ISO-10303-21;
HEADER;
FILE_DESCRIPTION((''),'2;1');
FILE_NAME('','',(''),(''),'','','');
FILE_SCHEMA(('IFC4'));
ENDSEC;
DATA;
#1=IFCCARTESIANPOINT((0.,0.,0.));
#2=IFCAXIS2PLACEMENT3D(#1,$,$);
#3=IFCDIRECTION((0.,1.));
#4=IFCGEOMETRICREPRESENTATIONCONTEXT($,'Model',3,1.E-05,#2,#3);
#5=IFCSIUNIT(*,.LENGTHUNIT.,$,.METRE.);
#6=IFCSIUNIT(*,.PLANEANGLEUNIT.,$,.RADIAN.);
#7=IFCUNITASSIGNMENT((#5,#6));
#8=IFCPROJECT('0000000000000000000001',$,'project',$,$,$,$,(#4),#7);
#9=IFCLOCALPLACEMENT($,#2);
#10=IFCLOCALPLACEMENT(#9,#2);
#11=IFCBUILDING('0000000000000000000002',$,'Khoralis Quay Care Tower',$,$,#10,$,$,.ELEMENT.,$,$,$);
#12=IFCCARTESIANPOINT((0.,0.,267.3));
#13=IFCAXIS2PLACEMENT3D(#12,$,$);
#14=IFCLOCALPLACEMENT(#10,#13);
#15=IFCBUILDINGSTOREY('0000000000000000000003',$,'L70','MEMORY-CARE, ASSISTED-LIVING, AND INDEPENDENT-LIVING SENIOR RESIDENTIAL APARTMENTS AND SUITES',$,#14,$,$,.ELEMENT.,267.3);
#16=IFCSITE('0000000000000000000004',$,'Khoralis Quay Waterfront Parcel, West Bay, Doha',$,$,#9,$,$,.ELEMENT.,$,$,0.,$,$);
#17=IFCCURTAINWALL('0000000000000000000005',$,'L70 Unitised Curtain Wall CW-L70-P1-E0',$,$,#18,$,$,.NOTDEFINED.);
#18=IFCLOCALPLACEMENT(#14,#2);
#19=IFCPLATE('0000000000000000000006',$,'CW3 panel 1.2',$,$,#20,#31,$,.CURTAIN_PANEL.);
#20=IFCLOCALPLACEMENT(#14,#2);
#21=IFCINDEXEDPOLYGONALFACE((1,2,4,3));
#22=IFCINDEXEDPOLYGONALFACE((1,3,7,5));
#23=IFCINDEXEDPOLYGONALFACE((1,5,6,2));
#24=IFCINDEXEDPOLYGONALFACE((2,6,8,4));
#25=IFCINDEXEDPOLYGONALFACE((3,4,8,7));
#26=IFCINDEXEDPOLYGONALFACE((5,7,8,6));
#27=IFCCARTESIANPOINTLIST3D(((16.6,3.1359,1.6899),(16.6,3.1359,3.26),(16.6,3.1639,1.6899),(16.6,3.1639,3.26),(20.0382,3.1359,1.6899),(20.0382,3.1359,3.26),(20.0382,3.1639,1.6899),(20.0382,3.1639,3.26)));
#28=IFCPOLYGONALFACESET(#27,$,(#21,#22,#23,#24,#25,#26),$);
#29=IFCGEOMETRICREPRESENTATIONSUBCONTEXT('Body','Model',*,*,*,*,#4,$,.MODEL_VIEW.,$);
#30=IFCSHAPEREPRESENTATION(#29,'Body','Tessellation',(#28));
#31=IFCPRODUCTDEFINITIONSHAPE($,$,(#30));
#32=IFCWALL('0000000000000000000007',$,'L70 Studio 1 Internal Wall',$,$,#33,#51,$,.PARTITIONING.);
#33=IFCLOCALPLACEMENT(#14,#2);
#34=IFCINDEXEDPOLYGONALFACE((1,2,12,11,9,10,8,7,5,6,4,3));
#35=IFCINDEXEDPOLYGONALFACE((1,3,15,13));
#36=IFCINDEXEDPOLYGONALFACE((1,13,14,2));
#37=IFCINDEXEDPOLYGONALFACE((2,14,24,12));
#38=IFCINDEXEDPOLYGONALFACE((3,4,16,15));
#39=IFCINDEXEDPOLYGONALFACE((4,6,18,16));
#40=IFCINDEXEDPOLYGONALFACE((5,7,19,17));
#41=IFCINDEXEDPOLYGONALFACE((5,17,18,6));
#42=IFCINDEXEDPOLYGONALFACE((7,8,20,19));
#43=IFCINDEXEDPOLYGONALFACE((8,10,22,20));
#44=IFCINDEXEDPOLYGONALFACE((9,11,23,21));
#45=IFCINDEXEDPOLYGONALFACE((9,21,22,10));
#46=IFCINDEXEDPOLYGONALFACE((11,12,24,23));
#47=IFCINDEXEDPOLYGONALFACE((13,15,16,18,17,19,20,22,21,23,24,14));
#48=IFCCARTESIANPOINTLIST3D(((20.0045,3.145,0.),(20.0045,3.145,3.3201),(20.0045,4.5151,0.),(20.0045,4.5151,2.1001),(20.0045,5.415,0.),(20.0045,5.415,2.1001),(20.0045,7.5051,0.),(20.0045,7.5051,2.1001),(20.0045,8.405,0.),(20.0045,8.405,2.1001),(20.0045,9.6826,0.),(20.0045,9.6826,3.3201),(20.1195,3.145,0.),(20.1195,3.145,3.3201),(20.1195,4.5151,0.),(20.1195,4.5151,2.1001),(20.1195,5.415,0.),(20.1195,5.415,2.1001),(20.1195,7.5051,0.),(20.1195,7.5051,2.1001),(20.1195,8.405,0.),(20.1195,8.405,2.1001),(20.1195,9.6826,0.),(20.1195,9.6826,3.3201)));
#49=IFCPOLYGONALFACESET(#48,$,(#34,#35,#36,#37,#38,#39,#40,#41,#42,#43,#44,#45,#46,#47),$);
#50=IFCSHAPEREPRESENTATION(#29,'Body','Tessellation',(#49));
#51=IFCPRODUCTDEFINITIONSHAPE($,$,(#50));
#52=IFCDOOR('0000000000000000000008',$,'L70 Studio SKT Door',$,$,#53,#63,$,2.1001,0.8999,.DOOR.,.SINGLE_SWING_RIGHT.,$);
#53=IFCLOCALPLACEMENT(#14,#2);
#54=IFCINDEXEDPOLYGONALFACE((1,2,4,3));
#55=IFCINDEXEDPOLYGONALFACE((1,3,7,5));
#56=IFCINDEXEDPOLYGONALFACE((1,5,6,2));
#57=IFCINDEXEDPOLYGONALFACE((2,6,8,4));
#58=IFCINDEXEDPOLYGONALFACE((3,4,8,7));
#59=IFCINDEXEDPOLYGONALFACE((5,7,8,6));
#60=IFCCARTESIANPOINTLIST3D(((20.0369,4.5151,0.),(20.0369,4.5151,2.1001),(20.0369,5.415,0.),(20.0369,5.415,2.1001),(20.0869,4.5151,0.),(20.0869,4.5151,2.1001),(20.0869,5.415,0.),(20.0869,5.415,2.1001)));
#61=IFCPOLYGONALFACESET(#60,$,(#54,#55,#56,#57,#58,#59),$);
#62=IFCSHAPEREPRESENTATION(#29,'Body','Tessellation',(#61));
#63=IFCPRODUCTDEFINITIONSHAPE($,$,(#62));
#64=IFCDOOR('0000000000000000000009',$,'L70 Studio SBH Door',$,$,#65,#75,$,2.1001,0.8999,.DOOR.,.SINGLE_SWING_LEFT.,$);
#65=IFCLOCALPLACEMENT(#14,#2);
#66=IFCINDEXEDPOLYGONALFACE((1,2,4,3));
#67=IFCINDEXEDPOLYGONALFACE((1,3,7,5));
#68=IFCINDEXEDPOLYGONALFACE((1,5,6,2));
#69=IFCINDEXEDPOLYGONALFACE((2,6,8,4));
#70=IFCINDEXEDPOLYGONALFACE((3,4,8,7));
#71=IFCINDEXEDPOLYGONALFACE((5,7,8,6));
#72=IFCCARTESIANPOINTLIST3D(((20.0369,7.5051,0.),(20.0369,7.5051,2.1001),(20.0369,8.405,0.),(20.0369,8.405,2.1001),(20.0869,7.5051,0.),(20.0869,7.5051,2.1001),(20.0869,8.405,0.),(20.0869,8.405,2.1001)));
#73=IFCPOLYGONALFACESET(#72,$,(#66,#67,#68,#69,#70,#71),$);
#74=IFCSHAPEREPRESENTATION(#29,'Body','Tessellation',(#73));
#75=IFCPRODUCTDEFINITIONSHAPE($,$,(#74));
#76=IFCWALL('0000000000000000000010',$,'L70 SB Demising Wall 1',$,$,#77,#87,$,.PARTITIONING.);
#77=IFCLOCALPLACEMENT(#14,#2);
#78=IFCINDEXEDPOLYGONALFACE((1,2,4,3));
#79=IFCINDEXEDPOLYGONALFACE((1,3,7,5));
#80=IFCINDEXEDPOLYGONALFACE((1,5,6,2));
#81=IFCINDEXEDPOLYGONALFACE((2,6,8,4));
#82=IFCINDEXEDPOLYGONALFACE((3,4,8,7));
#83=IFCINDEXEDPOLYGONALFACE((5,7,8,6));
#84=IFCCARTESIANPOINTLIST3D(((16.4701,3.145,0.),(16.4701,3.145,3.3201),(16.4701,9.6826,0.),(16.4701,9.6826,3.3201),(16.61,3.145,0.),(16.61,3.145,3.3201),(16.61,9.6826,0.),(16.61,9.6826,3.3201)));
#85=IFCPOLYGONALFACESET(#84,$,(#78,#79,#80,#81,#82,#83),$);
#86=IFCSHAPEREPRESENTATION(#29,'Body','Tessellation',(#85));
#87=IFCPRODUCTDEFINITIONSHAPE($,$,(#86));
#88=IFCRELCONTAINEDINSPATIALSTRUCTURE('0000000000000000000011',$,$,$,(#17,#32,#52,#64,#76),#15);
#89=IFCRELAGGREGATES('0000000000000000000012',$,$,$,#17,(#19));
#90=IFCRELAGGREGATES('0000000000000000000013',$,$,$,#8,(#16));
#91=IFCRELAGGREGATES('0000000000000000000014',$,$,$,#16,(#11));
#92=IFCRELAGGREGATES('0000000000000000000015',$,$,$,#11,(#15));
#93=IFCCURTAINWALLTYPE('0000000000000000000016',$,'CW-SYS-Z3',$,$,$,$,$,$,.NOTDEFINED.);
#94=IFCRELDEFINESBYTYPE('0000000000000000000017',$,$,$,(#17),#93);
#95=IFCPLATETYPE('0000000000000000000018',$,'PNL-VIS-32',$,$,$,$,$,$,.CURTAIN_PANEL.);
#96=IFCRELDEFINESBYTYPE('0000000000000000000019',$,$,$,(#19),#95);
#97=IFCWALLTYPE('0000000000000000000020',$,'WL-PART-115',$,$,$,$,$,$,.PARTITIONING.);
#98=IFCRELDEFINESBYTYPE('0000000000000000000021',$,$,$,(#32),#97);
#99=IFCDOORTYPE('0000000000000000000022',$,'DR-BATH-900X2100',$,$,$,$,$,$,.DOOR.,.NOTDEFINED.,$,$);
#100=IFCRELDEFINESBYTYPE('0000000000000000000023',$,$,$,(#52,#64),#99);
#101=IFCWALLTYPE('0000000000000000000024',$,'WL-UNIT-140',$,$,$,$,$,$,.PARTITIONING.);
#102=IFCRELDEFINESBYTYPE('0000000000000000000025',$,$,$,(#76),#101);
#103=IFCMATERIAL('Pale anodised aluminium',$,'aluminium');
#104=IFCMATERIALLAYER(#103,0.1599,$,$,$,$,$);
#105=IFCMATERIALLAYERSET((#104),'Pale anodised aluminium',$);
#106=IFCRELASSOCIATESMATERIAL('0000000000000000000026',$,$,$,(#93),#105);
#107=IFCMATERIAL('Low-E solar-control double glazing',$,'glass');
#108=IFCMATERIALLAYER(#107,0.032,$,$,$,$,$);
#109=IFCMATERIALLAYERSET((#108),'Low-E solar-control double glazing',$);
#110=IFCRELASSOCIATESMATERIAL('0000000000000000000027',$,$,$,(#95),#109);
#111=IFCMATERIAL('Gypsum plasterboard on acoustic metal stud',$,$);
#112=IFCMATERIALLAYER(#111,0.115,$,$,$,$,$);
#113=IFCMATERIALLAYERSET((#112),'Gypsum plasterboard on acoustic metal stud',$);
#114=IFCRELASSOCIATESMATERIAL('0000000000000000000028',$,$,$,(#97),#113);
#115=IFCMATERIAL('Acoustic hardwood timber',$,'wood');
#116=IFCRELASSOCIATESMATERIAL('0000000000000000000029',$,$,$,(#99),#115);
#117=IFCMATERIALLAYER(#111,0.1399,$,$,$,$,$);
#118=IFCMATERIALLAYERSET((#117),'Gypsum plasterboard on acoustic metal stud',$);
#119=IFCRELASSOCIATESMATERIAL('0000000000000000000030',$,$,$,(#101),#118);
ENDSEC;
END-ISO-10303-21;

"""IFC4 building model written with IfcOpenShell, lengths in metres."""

from ifc_helpers import new_model, si_unit, direction, frame, frame_2d, origin, origin_2d, place, context, subcontext, project, spatial, rectangle, extrude, source, transform, mapped, material, layer, layer_set, type_object, element, fill, aggregate, save


model = new_model("IFC4")

# Units and contexts
model_context = context("Model", 3, precision=1e-05, world=origin(), true_north=direction((0.0, 1.0)))
body_context = subcontext(model_context, "Body", "Model", "MODEL_VIEW")
ifc_project = project(units=[si_unit("LENGTHUNIT", "METRE"), si_unit("PLANEANGLEUNIT", "RADIAN")], contexts=[model_context])

# Site, building, storey
site_placement = place(None, origin())
site = spatial("IfcSite", under=ifc_project, at=site_placement, Name="Khoralis Quay Waterfront Parcel, West Bay, Doha", CompositionType="ELEMENT", RefElevation=0.0)
building_placement = place(site_placement, origin())
building = spatial("IfcBuilding", under=site, at=building_placement, Name="Khoralis Quay Care Tower", CompositionType="ELEMENT")
storey_placement = place(building_placement, frame((0.0, 0.0, 267.3)))
storey = spatial("IfcBuildingStorey", under=building, at=storey_placement, Name="L70", Description="MEMORY-CARE, ASSISTED-LIVING, AND INDEPENDENT-LIVING SENIOR RESIDENTIAL APARTMENTS AND SUITES", CompositionType="ELEMENT", Elevation=267.3)

# Curtain wall, plate
ifc_material_1 = material(Name="Pale anodised aluminium", Category="aluminium")
ifc_layer_1 = layer(ifc_material_1, 0.1599)
ifc_layer_set_1 = layer_set([ifc_layer_1], Name="Pale anodised aluminium")
curtain_wall_type = type_object("IfcCurtainWallType", Name="CW-SYS-Z3", PredefinedType="NOTDEFINED", material=ifc_layer_set_1)
curtain_wall_placement = place(storey_placement, origin())
curtain_wall = element("IfcCurtainWall", 1, at=curtain_wall_placement, inside=storey, type_object=curtain_wall_type, Name="L70 Unitised Curtain Wall CW-L70-P1-E0", PredefinedType="NOTDEFINED")
ifc_material_2 = material(Name="Low-E solar-control double glazing", Category="glass")
ifc_layer_2 = layer(ifc_material_2, 0.032)
ifc_layer_set_2 = layer_set([ifc_layer_2], Name="Low-E solar-control double glazing")
plate_type = type_object("IfcPlateType", Name="PNL-VIS-32", PredefinedType="CURTAIN_PANEL", material=ifc_layer_set_2)
shared_shape_1 = source(origin(), body_context, "Body", "SweptSolid", [
    extrude(rectangle(XDim=3.4382, YDim=0.0281, at=origin_2d()), origin(), (0.0, 0.0, 1.0), 1.5701),
])
plate_1_placement = place(storey_placement, frame((18.3191, 3.1499, 1.6899), z_axis=(0.0, 0.0, 1.0), x_axis=(1.0, 0.0, 0.0)))
plate_1 = element("IfcPlate", 2, at=plate_1_placement, type_object=plate_type, Name="CW3 panel 1.2", PredefinedType="CURTAIN_PANEL", context=body_context, shape_type="MappedRepresentation", body=[
    mapped(shared_shape_1, transform((0.0, 0.0, 0.0), scale=1.0)),
])
aggregate(curtain_wall, [plate_1])

# Wall, openings, doors
ifc_material_3 = material(Name="Gypsum plasterboard on acoustic metal stud")
ifc_layer_3 = layer(ifc_material_3, 0.115)
ifc_layer_set_3 = layer_set([ifc_layer_3], Name="Gypsum plasterboard on acoustic metal stud")
wall_type_1 = type_object("IfcWallType", Name="WL-PART-115", PredefinedType="PARTITIONING", material=ifc_layer_set_3)
wall_1_placement = place(storey_placement, frame((20.062, 3.145, 0.0), z_axis=(0.0, 0.0, 1.0), x_axis=(0.0, 1.0, 0.0)))
wall_1 = element("IfcWall", 3, at=wall_1_placement, inside=storey, type_object=wall_type_1, Name="L70 Studio 1 Internal Wall", PredefinedType="PARTITIONING", context=body_context, shape_type="SweptSolid", body=[
    extrude(rectangle(XDim=6.5376, YDim=0.115, at=frame_2d((3.2688, 0.0))), origin(), (0.0, 0.0, 1.0), 3.3201),
])
opening_1_placement = place(wall_1_placement, frame((1.3701, 0.0, 0.0)))
opening_1 = element("IfcOpeningElement", 4, at=opening_1_placement, cuts=wall_1, PredefinedType="OPENING", context=body_context, shape_type="SweptSolid", body=[
    extrude(rectangle(XDim=0.8999, YDim=2.1001, at=frame_2d((0.45, 1.05))), frame((0.0, 0.0674, 0.0), z_axis=(0.0, -1.0, 0.0), x_axis=(1.0, 0.0, 0.0)), (0.0, 0.0, 1.0), 0.135),
])
opening_2_placement = place(wall_1_placement, frame((4.3601, 0.0, 0.0)))
opening_2 = element("IfcOpeningElement", 5, at=opening_2_placement, cuts=wall_1, PredefinedType="OPENING", context=body_context, shape_type="SweptSolid", body=[
    extrude(rectangle(XDim=0.8999, YDim=2.1001, at=frame_2d((0.45, 1.05))), frame((0.0, 0.0674, 0.0), z_axis=(0.0, -1.0, 0.0), x_axis=(1.0, 0.0, 0.0)), (0.0, 0.0, 1.0), 0.135),
])
ifc_material_4 = material(Name="Acoustic hardwood timber", Category="wood")
door_type = type_object("IfcDoorType", Name="DR-BATH-900X2100", OperationType="NOTDEFINED", PredefinedType="DOOR", material=ifc_material_4)
shared_shape_2 = source(origin(), body_context, "Body", "SweptSolid", [
    extrude(rectangle(XDim=0.8999, YDim=2.1001, at=frame_2d((0.45, 1.05))), frame((0.0, 0.0249, 0.0), z_axis=(0.0, -1.0, 0.0), x_axis=(1.0, 0.0, 0.0)), (0.0, 0.0, 1.0), 0.05),
])
door_1_placement = place(opening_1_placement, frame((0.8999, 0.0, 0.0), z_axis=(0.0, 0.0, 1.0), x_axis=(-1.0, 0.0, 0.0)))
door_1 = element("IfcDoor", 6, at=door_1_placement, inside=storey, type_object=door_type, Name="L70 Studio SKT Door", OperationType="SINGLE_SWING_RIGHT", OverallHeight=2.1001, OverallWidth=0.8999, PredefinedType="DOOR", context=body_context, shape_type="MappedRepresentation", body=[
    mapped(shared_shape_2, transform((0.0, 0.0, 0.0), scale=1.0)),
])
fill(opening_1, door_1)
door_2_placement = place(opening_2_placement, frame((0.8999, 0.0, 0.0), z_axis=(0.0, 0.0, 1.0), x_axis=(-1.0, 0.0, 0.0)))
door_2 = element("IfcDoor", 7, at=door_2_placement, inside=storey, type_object=door_type, Name="L70 Studio SBH Door", OperationType="SINGLE_SWING_LEFT", OverallHeight=2.1001, OverallWidth=0.8999, PredefinedType="DOOR", context=body_context, shape_type="MappedRepresentation", body=[
    mapped(shared_shape_2, transform((0.0, 0.0, 0.0), scale=1.0)),
])
fill(opening_2, door_2)

# Wall
ifc_layer_4 = layer(ifc_material_3, 0.1399)
ifc_layer_set_4 = layer_set([ifc_layer_4], Name="Gypsum plasterboard on acoustic metal stud")
wall_type_2 = type_object("IfcWallType", Name="WL-UNIT-140", PredefinedType="PARTITIONING", material=ifc_layer_set_4)
wall_2_placement = place(storey_placement, frame((16.54, 3.145, 0.0), z_axis=(0.0, 0.0, 1.0), x_axis=(0.0, 1.0, 0.0)))
element("IfcWall", 8, at=wall_2_placement, inside=storey, type_object=wall_type_2, Name="L70 SB Demising Wall 1", PredefinedType="PARTITIONING", context=body_context, shape_type="SweptSolid", body=[
    extrude(rectangle(XDim=6.5376, YDim=0.1399, at=frame_2d((3.2688, 0.0))), origin(), (0.0, 0.0, 1.0), 3.3201),
])

save(model, "model.ifc")
